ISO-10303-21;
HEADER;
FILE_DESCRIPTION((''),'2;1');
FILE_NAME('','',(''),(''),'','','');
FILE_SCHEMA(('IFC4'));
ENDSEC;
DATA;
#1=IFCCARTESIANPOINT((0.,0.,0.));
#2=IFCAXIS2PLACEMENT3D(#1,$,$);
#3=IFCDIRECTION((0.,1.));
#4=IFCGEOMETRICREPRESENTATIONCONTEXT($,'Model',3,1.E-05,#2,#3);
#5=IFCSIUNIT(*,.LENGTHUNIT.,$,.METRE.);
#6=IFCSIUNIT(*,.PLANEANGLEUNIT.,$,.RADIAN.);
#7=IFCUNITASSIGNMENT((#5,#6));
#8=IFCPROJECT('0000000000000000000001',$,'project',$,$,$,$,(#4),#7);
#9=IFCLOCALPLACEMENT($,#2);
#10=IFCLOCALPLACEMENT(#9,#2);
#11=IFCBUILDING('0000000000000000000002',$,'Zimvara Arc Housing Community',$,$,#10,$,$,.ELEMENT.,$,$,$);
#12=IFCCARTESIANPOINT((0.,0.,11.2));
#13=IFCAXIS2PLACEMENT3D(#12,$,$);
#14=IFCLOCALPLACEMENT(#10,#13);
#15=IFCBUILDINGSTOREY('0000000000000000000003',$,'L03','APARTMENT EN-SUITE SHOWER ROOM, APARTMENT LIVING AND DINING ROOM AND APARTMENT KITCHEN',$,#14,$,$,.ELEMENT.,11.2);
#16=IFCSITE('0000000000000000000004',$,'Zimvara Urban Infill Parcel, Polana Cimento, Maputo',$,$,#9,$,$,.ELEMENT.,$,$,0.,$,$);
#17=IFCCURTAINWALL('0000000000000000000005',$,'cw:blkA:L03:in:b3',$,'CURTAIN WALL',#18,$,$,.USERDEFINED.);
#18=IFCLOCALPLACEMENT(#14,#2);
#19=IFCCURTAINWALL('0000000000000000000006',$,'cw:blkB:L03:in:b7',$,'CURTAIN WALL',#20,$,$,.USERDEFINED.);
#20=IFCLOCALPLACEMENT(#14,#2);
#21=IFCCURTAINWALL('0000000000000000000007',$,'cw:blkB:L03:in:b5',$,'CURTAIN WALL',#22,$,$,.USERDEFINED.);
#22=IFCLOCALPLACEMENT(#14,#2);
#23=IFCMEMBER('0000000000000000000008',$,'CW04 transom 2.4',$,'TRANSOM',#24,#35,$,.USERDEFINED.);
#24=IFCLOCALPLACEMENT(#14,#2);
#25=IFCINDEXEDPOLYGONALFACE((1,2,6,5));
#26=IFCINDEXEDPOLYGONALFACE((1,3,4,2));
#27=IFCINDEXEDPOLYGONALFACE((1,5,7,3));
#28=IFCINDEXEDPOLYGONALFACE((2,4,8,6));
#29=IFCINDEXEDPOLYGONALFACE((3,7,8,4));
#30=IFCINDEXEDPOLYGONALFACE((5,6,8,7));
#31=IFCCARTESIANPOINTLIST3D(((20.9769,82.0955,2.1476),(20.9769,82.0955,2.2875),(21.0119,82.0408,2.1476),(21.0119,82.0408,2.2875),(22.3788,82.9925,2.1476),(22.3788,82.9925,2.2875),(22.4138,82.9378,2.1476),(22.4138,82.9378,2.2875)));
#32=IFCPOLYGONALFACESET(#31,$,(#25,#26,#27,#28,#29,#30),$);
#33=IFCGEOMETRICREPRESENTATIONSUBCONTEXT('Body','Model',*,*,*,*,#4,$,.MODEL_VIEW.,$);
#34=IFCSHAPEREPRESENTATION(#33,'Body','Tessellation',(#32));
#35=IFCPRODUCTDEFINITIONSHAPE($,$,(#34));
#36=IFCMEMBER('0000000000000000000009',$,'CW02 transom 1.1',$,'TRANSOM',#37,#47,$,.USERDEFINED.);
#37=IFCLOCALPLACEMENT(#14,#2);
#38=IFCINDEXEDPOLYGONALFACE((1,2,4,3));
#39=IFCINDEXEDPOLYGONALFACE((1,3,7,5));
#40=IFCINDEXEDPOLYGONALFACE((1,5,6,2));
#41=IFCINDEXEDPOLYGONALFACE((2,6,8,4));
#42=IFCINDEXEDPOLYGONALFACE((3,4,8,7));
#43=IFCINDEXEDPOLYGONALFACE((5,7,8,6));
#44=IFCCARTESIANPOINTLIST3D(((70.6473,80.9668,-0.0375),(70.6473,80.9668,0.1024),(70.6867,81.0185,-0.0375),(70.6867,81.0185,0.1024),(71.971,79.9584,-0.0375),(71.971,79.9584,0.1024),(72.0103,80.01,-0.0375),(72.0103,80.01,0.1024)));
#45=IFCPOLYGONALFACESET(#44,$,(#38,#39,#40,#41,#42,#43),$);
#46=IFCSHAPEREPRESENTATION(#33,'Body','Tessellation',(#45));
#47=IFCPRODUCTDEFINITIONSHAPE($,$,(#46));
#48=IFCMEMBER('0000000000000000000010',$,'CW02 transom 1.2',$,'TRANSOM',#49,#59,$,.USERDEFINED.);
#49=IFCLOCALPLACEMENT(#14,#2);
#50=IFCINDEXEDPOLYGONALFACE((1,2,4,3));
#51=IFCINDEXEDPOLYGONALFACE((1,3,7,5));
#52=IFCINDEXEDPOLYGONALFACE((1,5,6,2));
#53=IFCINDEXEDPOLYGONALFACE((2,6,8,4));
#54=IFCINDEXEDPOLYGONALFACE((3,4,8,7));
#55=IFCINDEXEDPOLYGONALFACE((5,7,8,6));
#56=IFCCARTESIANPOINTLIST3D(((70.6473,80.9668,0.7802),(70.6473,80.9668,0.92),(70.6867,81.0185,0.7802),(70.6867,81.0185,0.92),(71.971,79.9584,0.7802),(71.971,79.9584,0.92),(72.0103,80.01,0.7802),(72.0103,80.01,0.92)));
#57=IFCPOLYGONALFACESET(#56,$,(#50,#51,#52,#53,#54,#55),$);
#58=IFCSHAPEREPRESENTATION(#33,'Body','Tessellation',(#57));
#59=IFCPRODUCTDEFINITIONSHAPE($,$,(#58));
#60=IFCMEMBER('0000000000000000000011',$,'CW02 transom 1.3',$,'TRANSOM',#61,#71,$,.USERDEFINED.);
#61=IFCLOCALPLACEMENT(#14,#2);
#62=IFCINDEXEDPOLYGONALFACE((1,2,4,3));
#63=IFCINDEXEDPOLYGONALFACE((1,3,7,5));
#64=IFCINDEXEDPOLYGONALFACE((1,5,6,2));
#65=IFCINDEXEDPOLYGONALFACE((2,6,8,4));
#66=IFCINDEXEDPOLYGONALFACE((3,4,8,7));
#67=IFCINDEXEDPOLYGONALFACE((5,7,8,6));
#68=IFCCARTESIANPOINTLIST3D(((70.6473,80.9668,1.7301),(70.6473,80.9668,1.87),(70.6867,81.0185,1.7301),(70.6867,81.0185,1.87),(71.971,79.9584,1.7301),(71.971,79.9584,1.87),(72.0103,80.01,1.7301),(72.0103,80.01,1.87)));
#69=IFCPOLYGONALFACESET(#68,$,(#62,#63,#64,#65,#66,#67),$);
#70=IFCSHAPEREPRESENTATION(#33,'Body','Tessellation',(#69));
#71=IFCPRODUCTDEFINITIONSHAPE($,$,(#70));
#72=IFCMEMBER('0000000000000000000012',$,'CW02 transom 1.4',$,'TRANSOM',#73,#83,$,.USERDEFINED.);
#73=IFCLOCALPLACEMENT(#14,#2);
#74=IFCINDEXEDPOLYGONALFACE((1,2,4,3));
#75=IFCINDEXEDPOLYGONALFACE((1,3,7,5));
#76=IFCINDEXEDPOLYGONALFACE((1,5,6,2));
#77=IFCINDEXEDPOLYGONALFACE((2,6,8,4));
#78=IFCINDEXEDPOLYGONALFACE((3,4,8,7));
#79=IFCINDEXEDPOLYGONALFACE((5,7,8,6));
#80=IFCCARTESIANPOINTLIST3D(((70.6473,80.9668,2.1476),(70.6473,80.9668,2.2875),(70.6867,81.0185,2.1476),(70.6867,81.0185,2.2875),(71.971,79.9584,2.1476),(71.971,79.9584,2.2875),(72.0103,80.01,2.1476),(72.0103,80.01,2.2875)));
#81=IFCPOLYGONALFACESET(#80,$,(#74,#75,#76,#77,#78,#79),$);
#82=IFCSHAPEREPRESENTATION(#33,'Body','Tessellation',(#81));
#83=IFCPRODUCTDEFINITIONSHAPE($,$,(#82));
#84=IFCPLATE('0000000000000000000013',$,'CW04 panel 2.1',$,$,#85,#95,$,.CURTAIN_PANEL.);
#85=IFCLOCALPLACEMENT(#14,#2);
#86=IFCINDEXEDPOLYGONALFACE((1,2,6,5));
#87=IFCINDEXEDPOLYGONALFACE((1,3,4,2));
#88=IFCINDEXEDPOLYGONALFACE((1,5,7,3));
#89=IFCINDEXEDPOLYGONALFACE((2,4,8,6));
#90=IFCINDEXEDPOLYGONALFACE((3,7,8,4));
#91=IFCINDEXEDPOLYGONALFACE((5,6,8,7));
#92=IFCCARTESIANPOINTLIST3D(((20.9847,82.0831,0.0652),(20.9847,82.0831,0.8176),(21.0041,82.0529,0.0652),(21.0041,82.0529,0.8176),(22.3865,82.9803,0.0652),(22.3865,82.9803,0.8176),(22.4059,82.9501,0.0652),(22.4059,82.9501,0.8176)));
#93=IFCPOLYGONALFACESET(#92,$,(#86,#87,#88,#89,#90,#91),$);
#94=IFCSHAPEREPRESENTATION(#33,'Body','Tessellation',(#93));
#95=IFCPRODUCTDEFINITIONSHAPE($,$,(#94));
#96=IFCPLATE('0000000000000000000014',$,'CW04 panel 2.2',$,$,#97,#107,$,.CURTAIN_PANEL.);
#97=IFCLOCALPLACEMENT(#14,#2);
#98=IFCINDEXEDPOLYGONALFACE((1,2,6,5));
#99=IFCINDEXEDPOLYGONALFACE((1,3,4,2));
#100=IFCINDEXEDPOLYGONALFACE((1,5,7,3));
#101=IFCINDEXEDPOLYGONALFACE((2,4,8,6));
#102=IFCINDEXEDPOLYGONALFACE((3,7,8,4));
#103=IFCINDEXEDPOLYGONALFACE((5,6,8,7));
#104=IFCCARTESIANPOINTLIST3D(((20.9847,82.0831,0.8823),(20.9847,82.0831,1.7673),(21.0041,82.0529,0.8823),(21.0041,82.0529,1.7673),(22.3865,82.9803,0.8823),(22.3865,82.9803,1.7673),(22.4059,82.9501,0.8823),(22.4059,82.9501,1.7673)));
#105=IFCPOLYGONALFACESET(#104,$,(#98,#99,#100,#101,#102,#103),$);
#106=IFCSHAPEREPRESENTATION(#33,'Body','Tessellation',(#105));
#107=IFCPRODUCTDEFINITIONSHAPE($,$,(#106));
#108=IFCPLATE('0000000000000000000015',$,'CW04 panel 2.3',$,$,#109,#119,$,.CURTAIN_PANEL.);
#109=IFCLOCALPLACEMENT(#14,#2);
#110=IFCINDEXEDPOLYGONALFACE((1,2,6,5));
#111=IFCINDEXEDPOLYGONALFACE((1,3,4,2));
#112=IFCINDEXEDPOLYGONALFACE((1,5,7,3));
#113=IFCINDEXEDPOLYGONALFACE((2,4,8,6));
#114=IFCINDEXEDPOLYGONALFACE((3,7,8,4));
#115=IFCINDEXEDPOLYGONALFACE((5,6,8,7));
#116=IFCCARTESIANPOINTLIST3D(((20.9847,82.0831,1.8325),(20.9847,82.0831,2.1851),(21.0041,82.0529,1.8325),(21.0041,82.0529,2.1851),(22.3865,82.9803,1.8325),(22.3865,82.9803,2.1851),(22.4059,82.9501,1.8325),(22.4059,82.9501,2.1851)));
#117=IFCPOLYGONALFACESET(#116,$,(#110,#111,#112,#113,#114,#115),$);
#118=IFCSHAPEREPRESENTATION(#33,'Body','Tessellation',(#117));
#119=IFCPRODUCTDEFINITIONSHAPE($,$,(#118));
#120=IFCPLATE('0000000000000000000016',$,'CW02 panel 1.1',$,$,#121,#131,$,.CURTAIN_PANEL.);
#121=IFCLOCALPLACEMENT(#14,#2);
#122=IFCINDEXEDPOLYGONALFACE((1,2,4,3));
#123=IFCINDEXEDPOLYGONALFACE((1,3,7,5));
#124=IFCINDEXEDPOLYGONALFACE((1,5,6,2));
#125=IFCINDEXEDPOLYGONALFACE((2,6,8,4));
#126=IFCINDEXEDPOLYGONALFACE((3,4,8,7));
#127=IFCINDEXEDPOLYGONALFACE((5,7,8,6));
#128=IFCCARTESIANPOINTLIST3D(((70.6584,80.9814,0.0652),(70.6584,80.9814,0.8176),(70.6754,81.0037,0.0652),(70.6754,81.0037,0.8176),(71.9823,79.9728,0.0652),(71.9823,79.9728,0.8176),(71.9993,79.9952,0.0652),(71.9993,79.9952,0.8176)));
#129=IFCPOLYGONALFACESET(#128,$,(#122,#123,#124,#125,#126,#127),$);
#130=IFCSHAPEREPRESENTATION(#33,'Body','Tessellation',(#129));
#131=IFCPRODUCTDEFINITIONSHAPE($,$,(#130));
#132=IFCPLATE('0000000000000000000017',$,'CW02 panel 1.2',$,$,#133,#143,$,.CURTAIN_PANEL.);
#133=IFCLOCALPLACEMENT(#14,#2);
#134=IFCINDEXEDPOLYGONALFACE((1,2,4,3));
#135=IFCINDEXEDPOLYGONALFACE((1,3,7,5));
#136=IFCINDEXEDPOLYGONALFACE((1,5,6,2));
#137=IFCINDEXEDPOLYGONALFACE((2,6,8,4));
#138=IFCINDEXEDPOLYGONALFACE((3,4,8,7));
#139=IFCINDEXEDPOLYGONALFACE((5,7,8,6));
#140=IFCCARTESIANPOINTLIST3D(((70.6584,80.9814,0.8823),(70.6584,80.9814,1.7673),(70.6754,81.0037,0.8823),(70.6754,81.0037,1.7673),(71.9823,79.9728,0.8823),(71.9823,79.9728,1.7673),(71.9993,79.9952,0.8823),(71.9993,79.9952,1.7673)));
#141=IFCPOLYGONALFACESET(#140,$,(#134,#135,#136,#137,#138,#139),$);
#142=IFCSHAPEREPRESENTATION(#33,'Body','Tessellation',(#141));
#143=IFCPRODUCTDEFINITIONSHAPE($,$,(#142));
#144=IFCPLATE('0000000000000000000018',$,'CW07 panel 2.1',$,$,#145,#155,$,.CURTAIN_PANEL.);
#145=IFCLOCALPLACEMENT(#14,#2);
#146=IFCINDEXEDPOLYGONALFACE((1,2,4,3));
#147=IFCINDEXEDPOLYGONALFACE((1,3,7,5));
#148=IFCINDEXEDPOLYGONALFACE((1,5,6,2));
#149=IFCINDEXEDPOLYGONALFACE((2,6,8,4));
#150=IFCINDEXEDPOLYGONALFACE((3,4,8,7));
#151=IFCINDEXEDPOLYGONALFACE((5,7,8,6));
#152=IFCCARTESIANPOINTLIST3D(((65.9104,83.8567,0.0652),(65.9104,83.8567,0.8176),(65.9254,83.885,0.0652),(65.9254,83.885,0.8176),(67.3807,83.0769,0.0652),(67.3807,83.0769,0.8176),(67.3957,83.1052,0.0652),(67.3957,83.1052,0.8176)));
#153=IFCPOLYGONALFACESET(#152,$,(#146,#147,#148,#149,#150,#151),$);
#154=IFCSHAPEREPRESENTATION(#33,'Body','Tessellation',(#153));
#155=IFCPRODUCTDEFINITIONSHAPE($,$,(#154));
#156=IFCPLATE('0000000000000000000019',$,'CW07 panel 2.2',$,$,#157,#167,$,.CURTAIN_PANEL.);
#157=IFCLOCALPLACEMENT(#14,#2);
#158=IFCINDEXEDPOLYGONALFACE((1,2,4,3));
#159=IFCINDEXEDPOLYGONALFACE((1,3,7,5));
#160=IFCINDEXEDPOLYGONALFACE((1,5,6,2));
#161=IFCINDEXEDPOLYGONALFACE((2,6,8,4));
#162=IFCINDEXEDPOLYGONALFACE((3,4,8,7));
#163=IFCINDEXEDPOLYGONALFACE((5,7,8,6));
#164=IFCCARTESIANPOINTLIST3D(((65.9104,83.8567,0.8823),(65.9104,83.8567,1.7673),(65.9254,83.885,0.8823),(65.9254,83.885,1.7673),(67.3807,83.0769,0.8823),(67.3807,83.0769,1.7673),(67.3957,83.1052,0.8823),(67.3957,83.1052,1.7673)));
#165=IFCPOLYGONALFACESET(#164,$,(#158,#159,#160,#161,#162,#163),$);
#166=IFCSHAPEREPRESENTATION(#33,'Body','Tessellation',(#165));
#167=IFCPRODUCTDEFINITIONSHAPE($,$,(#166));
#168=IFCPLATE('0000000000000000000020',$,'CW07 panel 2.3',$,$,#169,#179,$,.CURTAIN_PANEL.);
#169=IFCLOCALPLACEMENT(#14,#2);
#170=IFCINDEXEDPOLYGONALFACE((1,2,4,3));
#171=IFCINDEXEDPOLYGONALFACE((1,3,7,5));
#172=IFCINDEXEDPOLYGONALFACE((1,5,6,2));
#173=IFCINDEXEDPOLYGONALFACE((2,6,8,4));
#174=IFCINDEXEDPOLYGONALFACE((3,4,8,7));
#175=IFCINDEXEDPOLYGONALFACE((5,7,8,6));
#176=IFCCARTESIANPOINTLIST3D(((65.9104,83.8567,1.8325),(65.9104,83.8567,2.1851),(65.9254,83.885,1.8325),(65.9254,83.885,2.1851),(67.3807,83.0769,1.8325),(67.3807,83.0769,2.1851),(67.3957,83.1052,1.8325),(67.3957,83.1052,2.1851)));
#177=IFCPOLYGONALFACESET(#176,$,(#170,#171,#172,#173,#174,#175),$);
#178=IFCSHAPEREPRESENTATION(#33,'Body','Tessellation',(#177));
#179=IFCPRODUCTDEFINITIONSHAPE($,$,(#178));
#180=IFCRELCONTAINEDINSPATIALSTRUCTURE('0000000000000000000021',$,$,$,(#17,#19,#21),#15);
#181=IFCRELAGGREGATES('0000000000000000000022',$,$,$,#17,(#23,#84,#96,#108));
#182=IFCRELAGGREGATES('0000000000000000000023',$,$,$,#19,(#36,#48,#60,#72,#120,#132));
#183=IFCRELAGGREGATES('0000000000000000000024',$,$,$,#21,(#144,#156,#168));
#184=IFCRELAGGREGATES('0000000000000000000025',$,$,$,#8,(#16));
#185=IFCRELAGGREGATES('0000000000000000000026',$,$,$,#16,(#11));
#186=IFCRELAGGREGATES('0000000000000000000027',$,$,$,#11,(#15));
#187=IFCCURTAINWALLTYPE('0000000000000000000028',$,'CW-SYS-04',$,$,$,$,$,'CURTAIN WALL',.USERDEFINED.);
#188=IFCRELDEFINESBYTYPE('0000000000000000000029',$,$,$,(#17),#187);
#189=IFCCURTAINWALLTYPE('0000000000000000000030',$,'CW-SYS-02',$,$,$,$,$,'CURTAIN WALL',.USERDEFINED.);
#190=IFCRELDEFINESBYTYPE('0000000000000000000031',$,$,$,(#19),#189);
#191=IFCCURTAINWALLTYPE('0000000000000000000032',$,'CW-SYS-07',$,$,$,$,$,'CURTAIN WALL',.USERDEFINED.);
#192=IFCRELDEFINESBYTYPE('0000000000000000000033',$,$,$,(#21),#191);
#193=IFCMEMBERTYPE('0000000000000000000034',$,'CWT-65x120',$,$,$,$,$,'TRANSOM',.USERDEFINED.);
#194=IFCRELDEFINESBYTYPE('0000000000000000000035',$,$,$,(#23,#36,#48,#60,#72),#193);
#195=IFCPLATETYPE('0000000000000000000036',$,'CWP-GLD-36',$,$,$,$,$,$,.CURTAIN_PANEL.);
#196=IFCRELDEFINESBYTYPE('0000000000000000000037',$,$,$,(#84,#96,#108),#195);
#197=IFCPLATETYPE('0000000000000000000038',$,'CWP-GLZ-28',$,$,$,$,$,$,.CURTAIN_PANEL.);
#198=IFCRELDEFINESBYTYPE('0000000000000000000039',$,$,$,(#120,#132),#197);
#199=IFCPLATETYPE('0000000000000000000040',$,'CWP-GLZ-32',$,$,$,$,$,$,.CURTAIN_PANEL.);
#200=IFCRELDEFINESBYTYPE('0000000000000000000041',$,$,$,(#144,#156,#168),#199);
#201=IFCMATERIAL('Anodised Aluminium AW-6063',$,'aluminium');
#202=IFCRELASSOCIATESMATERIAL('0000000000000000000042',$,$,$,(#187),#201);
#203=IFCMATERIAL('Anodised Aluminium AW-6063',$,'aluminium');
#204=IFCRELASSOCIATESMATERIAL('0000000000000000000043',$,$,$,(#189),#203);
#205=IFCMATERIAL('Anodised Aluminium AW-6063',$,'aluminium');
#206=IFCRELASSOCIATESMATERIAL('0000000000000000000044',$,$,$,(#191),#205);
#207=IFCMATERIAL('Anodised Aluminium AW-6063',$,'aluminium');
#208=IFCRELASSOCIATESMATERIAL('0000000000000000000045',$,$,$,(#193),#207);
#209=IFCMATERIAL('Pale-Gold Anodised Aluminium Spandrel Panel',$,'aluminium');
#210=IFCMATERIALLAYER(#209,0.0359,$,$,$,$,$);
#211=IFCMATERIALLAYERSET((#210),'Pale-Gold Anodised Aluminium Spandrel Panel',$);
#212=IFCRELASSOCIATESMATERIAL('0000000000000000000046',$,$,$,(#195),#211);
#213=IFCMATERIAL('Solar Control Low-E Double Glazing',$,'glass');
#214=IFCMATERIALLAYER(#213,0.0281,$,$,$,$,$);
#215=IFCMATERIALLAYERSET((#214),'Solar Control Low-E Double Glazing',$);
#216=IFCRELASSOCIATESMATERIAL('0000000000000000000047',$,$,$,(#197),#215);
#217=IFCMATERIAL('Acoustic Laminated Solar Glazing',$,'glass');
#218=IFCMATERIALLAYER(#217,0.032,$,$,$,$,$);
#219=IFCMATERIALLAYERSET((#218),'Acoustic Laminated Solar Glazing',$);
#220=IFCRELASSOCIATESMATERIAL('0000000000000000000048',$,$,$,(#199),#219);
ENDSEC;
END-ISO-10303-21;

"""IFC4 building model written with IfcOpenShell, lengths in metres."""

from ifc_helpers import new_model, si_unit, direction, frame, origin, origin_2d, place, context, subcontext, project, spatial, rectangle, extrude, material, layer, layer_set, material_profile, profile_set, type_object, element, aggregate, save


model = new_model("IFC4")

# Units and contexts
model_context = context("Model", 3, precision=1e-05, world=origin(), true_north=direction((0.0, 1.0)))
body_context = subcontext(model_context, "Body", "Model", "MODEL_VIEW")
ifc_project = project(units=[si_unit("LENGTHUNIT", "METRE"), si_unit("PLANEANGLEUNIT", "RADIAN")], contexts=[model_context])

# Site, building, storey
site_placement = place(None, origin())
site = spatial("IfcSite", under=ifc_project, at=site_placement, Name="Zimvara Urban Infill Parcel, Polana Cimento, Maputo", CompositionType="ELEMENT", RefElevation=0.0)
building_placement = place(site_placement, origin())
building = spatial("IfcBuilding", under=site, at=building_placement, Name="Zimvara Arc Housing Community", CompositionType="ELEMENT")
storey_placement = place(building_placement, frame((0.0, 0.0, 11.2)))
storey = spatial("IfcBuildingStorey", under=building, at=storey_placement, Name="L03", Description="APARTMENT EN-SUITE SHOWER ROOM, APARTMENT LIVING AND DINING ROOM AND APARTMENT KITCHEN", CompositionType="ELEMENT", Elevation=11.2)

# Curtain walls
ifc_material_1 = material(Name="Anodised Aluminium AW-6063", Category="aluminium")
curtain_wall_type_1 = type_object("IfcCurtainWallType", Name="CW-SYS-04", ElementType="CURTAIN WALL", PredefinedType="USERDEFINED", material=ifc_material_1)
curtain_wall_1_placement = place(storey_placement, origin())
curtain_wall_1 = element("IfcCurtainWall", 1, at=curtain_wall_1_placement, inside=storey, type_object=curtain_wall_type_1, Name="cw:blkA:L03:in:b3", ObjectType="CURTAIN WALL", PredefinedType="USERDEFINED")
ifc_material_2 = material(Name="Anodised Aluminium AW-6063", Category="aluminium")
curtain_wall_type_2 = type_object("IfcCurtainWallType", Name="CW-SYS-02", ElementType="CURTAIN WALL", PredefinedType="USERDEFINED", material=ifc_material_2)
curtain_wall_2_placement = place(storey_placement, origin())
curtain_wall_2 = element("IfcCurtainWall", 2, at=curtain_wall_2_placement, inside=storey, type_object=curtain_wall_type_2, Name="cw:blkB:L03:in:b7", ObjectType="CURTAIN WALL", PredefinedType="USERDEFINED")
ifc_material_3 = material(Name="Anodised Aluminium AW-6063", Category="aluminium")
curtain_wall_type_3 = type_object("IfcCurtainWallType", Name="CW-SYS-07", ElementType="CURTAIN WALL", PredefinedType="USERDEFINED", material=ifc_material_3)
curtain_wall_3_placement = place(storey_placement, origin())
curtain_wall_3 = element("IfcCurtainWall", 3, at=curtain_wall_3_placement, inside=storey, type_object=curtain_wall_type_3, Name="cw:blkB:L03:in:b5", ObjectType="CURTAIN WALL", PredefinedType="USERDEFINED")

# Members
ifc_material_4 = material(Name="Anodised Aluminium AW-6063", Category="aluminium")
ifc_material_profile_1 = material_profile(ifc_material_4, rectangle(XDim=0.0649, YDim=0.1399, at=origin_2d()), Name="ALU 65x140")
ifc_profile_set_1 = profile_set([ifc_material_profile_1], Name="Anodised Aluminium AW-6063")
member_type_1 = type_object("IfcMemberType", Name="CWT-65x120", ElementType="TRANSOM", PredefinedType="USERDEFINED", material=ifc_profile_set_1)
member_1_placement = place(storey_placement, frame((20.9944, 82.0681, 2.2175), z_axis=(0.84233, 0.538962, 0.0), x_axis=(-0.538962, 0.84233, 0.0)))
member_1 = element("IfcMember", 4, at=member_1_placement, type_object=member_type_1, Name="CW04 transom 2.4", ObjectType="TRANSOM", PredefinedType="USERDEFINED", context=body_context, shape_type="SweptSolid", body=[
    extrude(rectangle(XDim=0.0649, YDim=0.1399, at=origin_2d()), origin(), (0.0, 0.0, 1.0), 1.6643),
])
member_2_placement = place(storey_placement, frame((70.667, 80.9927, 0.0325), z_axis=(0.795435, -0.606039, 0.0), x_axis=(0.606039, 0.795435, 0.0)))
member_2 = element("IfcMember", 5, at=member_2_placement, type_object=member_type_1, Name="CW02 transom 1.1", ObjectType="TRANSOM", PredefinedType="USERDEFINED", context=body_context, shape_type="SweptSolid", body=[
    extrude(rectangle(XDim=0.0649, YDim=0.1399, at=origin_2d()), origin(), (0.0, 0.0, 1.0), 1.6641),
])
member_3_placement = place(storey_placement, frame((70.667, 80.9927, 0.8501), z_axis=(0.795435, -0.606039, 0.0), x_axis=(0.606039, 0.795435, 0.0)))
member_3 = element("IfcMember", 6, at=member_3_placement, type_object=member_type_1, Name="CW02 transom 1.2", ObjectType="TRANSOM", PredefinedType="USERDEFINED", context=body_context, shape_type="SweptSolid", body=[
    extrude(rectangle(XDim=0.0649, YDim=0.1399, at=origin_2d()), origin(), (0.0, 0.0, 1.0), 1.6641),
])
member_4_placement = place(storey_placement, frame((70.667, 80.9927, 1.8), z_axis=(0.795435, -0.606039, 0.0), x_axis=(0.606039, 0.795435, 0.0)))
member_4 = element("IfcMember", 7, at=member_4_placement, type_object=member_type_1, Name="CW02 transom 1.3", ObjectType="TRANSOM", PredefinedType="USERDEFINED", context=body_context, shape_type="SweptSolid", body=[
    extrude(rectangle(XDim=0.0649, YDim=0.1399, at=origin_2d()), origin(), (0.0, 0.0, 1.0), 1.6641),
])
member_5_placement = place(storey_placement, frame((70.667, 80.9927, 2.2175), z_axis=(0.795435, -0.606039, 0.0), x_axis=(0.606039, 0.795435, 0.0)))
member_5 = element("IfcMember", 8, at=member_5_placement, type_object=member_type_1, Name="CW02 transom 1.4", ObjectType="TRANSOM", PredefinedType="USERDEFINED", context=body_context, shape_type="SweptSolid", body=[
    extrude(rectangle(XDim=0.0649, YDim=0.1399, at=origin_2d()), origin(), (0.0, 0.0, 1.0), 1.6641),
])

# Plates
ifc_material_5 = material(Name="Pale-Gold Anodised Aluminium Spandrel Panel", Category="aluminium")
ifc_layer_1 = layer(ifc_material_5, 0.0359)
ifc_layer_set_1 = layer_set([ifc_layer_1], Name="Pale-Gold Anodised Aluminium Spandrel Panel")
plate_type_1 = type_object("IfcPlateType", Name="CWP-GLD-36", PredefinedType="CURTAIN_PANEL", material=ifc_layer_set_1)
plate_1_placement = place(storey_placement, frame((21.6953, 82.5166, 0.0652), z_axis=(0.0, 0.0, 1.0), x_axis=(0.842265, 0.539064, 0.0)))
plate_1 = element("IfcPlate", 9, at=plate_1_placement, type_object=plate_type_1, Name="CW04 panel 2.1", PredefinedType="CURTAIN_PANEL", context=body_context, shape_type="SweptSolid", body=[
    extrude(rectangle(XDim=1.6643, YDim=0.0359, at=origin_2d()), origin(), (0.0, 0.0, 1.0), 0.7524),
])
plate_2_placement = place(storey_placement, frame((21.6953, 82.5166, 0.8823), z_axis=(0.0, 0.0, 1.0), x_axis=(0.842265, 0.539064, 0.0)))
plate_2 = element("IfcPlate", 10, at=plate_2_placement, type_object=plate_type_1, Name="CW04 panel 2.2", PredefinedType="CURTAIN_PANEL", context=body_context, shape_type="SweptSolid", body=[
    extrude(rectangle(XDim=1.6643, YDim=0.0359, at=origin_2d()), origin(), (0.0, 0.0, 1.0), 0.885),
])
plate_3_placement = place(storey_placement, frame((21.6953, 82.5166, 1.8325), z_axis=(0.0, 0.0, 1.0), x_axis=(0.842265, 0.539064, 0.0)))
plate_3 = element("IfcPlate", 11, at=plate_3_placement, type_object=plate_type_1, Name="CW04 panel 2.3", PredefinedType="CURTAIN_PANEL", context=body_context, shape_type="SweptSolid", body=[
    extrude(rectangle(XDim=1.6643, YDim=0.0359, at=origin_2d()), origin(), (0.0, 0.0, 1.0), 0.3525),
])
aggregate(curtain_wall_1, [member_1, plate_1, plate_2, plate_3])
ifc_material_6 = material(Name="Solar Control Low-E Double Glazing", Category="glass")
ifc_layer_2 = layer(ifc_material_6, 0.0281)
ifc_layer_set_2 = layer_set([ifc_layer_2], Name="Solar Control Low-E Double Glazing")
plate_type_2 = type_object("IfcPlateType", Name="CWP-GLZ-28", PredefinedType="CURTAIN_PANEL", material=ifc_layer_set_2)
plate_4_placement = place(storey_placement, frame((71.3289, 80.4883, 0.0652), z_axis=(0.0, 0.0, 1.0), x_axis=(0.795474, -0.605988, 0.0)))
plate_4 = element("IfcPlate", 12, at=plate_4_placement, type_object=plate_type_2, Name="CW02 panel 1.1", PredefinedType="CURTAIN_PANEL", context=body_context, shape_type="SweptSolid", body=[
    extrude(rectangle(XDim=1.6643, YDim=0.0281, at=origin_2d()), origin(), (0.0, 0.0, 1.0), 0.7524),
])
plate_5_placement = place(storey_placement, frame((71.3289, 80.4883, 0.8823), z_axis=(0.0, 0.0, 1.0), x_axis=(0.795474, -0.605988, 0.0)))
plate_5 = element("IfcPlate", 13, at=plate_5_placement, type_object=plate_type_2, Name="CW02 panel 1.2", PredefinedType="CURTAIN_PANEL", context=body_context, shape_type="SweptSolid", body=[
    extrude(rectangle(XDim=1.6643, YDim=0.0281, at=origin_2d()), origin(), (0.0, 0.0, 1.0), 0.885),
])
aggregate(curtain_wall_2, [member_2, member_3, member_4, member_5, plate_4, plate_5])
ifc_material_7 = material(Name="Acoustic Laminated Solar Glazing", Category="glass")
ifc_layer_3 = layer(ifc_material_7, 0.032)
ifc_layer_set_3 = layer_set([ifc_layer_3], Name="Acoustic Laminated Solar Glazing")
plate_type_3 = type_object("IfcPlateType", Name="CWP-GLZ-32", PredefinedType="CURTAIN_PANEL", material=ifc_layer_set_3)
plate_6_placement = place(storey_placement, frame((66.6531, 83.481, 0.0652), z_axis=(0.0, 0.0, 1.0), x_axis=(0.88344, -0.468545, 0.0)))
plate_6 = element("IfcPlate", 14, at=plate_6_placement, type_object=plate_type_3, Name="CW07 panel 2.1", PredefinedType="CURTAIN_PANEL", context=body_context, shape_type="SweptSolid", body=[
    extrude(rectangle(XDim=1.6643, YDim=0.032, at=origin_2d()), origin(), (0.0, 0.0, 1.0), 0.7524),
])
plate_7_placement = place(storey_placement, frame((66.6531, 83.481, 0.8823), z_axis=(0.0, 0.0, 1.0), x_axis=(0.88344, -0.468545, 0.0)))
plate_7 = element("IfcPlate", 15, at=plate_7_placement, type_object=plate_type_3, Name="CW07 panel 2.2", PredefinedType="CURTAIN_PANEL", context=body_context, shape_type="SweptSolid", body=[
    extrude(rectangle(XDim=1.6643, YDim=0.032, at=origin_2d()), origin(), (0.0, 0.0, 1.0), 0.885),
])
plate_8_placement = place(storey_placement, frame((66.6531, 83.481, 1.8325), z_axis=(0.0, 0.0, 1.0), x_axis=(0.88344, -0.468545, 0.0)))
plate_8 = element("IfcPlate", 16, at=plate_8_placement, type_object=plate_type_3, Name="CW07 panel 2.3", PredefinedType="CURTAIN_PANEL", context=body_context, shape_type="SweptSolid", body=[
    extrude(rectangle(XDim=1.6643, YDim=0.032, at=origin_2d()), origin(), (0.0, 0.0, 1.0), 0.3525),
])
aggregate(curtain_wall_3, [plate_6, plate_7, plate_8])

save(model, "model.ifc")
